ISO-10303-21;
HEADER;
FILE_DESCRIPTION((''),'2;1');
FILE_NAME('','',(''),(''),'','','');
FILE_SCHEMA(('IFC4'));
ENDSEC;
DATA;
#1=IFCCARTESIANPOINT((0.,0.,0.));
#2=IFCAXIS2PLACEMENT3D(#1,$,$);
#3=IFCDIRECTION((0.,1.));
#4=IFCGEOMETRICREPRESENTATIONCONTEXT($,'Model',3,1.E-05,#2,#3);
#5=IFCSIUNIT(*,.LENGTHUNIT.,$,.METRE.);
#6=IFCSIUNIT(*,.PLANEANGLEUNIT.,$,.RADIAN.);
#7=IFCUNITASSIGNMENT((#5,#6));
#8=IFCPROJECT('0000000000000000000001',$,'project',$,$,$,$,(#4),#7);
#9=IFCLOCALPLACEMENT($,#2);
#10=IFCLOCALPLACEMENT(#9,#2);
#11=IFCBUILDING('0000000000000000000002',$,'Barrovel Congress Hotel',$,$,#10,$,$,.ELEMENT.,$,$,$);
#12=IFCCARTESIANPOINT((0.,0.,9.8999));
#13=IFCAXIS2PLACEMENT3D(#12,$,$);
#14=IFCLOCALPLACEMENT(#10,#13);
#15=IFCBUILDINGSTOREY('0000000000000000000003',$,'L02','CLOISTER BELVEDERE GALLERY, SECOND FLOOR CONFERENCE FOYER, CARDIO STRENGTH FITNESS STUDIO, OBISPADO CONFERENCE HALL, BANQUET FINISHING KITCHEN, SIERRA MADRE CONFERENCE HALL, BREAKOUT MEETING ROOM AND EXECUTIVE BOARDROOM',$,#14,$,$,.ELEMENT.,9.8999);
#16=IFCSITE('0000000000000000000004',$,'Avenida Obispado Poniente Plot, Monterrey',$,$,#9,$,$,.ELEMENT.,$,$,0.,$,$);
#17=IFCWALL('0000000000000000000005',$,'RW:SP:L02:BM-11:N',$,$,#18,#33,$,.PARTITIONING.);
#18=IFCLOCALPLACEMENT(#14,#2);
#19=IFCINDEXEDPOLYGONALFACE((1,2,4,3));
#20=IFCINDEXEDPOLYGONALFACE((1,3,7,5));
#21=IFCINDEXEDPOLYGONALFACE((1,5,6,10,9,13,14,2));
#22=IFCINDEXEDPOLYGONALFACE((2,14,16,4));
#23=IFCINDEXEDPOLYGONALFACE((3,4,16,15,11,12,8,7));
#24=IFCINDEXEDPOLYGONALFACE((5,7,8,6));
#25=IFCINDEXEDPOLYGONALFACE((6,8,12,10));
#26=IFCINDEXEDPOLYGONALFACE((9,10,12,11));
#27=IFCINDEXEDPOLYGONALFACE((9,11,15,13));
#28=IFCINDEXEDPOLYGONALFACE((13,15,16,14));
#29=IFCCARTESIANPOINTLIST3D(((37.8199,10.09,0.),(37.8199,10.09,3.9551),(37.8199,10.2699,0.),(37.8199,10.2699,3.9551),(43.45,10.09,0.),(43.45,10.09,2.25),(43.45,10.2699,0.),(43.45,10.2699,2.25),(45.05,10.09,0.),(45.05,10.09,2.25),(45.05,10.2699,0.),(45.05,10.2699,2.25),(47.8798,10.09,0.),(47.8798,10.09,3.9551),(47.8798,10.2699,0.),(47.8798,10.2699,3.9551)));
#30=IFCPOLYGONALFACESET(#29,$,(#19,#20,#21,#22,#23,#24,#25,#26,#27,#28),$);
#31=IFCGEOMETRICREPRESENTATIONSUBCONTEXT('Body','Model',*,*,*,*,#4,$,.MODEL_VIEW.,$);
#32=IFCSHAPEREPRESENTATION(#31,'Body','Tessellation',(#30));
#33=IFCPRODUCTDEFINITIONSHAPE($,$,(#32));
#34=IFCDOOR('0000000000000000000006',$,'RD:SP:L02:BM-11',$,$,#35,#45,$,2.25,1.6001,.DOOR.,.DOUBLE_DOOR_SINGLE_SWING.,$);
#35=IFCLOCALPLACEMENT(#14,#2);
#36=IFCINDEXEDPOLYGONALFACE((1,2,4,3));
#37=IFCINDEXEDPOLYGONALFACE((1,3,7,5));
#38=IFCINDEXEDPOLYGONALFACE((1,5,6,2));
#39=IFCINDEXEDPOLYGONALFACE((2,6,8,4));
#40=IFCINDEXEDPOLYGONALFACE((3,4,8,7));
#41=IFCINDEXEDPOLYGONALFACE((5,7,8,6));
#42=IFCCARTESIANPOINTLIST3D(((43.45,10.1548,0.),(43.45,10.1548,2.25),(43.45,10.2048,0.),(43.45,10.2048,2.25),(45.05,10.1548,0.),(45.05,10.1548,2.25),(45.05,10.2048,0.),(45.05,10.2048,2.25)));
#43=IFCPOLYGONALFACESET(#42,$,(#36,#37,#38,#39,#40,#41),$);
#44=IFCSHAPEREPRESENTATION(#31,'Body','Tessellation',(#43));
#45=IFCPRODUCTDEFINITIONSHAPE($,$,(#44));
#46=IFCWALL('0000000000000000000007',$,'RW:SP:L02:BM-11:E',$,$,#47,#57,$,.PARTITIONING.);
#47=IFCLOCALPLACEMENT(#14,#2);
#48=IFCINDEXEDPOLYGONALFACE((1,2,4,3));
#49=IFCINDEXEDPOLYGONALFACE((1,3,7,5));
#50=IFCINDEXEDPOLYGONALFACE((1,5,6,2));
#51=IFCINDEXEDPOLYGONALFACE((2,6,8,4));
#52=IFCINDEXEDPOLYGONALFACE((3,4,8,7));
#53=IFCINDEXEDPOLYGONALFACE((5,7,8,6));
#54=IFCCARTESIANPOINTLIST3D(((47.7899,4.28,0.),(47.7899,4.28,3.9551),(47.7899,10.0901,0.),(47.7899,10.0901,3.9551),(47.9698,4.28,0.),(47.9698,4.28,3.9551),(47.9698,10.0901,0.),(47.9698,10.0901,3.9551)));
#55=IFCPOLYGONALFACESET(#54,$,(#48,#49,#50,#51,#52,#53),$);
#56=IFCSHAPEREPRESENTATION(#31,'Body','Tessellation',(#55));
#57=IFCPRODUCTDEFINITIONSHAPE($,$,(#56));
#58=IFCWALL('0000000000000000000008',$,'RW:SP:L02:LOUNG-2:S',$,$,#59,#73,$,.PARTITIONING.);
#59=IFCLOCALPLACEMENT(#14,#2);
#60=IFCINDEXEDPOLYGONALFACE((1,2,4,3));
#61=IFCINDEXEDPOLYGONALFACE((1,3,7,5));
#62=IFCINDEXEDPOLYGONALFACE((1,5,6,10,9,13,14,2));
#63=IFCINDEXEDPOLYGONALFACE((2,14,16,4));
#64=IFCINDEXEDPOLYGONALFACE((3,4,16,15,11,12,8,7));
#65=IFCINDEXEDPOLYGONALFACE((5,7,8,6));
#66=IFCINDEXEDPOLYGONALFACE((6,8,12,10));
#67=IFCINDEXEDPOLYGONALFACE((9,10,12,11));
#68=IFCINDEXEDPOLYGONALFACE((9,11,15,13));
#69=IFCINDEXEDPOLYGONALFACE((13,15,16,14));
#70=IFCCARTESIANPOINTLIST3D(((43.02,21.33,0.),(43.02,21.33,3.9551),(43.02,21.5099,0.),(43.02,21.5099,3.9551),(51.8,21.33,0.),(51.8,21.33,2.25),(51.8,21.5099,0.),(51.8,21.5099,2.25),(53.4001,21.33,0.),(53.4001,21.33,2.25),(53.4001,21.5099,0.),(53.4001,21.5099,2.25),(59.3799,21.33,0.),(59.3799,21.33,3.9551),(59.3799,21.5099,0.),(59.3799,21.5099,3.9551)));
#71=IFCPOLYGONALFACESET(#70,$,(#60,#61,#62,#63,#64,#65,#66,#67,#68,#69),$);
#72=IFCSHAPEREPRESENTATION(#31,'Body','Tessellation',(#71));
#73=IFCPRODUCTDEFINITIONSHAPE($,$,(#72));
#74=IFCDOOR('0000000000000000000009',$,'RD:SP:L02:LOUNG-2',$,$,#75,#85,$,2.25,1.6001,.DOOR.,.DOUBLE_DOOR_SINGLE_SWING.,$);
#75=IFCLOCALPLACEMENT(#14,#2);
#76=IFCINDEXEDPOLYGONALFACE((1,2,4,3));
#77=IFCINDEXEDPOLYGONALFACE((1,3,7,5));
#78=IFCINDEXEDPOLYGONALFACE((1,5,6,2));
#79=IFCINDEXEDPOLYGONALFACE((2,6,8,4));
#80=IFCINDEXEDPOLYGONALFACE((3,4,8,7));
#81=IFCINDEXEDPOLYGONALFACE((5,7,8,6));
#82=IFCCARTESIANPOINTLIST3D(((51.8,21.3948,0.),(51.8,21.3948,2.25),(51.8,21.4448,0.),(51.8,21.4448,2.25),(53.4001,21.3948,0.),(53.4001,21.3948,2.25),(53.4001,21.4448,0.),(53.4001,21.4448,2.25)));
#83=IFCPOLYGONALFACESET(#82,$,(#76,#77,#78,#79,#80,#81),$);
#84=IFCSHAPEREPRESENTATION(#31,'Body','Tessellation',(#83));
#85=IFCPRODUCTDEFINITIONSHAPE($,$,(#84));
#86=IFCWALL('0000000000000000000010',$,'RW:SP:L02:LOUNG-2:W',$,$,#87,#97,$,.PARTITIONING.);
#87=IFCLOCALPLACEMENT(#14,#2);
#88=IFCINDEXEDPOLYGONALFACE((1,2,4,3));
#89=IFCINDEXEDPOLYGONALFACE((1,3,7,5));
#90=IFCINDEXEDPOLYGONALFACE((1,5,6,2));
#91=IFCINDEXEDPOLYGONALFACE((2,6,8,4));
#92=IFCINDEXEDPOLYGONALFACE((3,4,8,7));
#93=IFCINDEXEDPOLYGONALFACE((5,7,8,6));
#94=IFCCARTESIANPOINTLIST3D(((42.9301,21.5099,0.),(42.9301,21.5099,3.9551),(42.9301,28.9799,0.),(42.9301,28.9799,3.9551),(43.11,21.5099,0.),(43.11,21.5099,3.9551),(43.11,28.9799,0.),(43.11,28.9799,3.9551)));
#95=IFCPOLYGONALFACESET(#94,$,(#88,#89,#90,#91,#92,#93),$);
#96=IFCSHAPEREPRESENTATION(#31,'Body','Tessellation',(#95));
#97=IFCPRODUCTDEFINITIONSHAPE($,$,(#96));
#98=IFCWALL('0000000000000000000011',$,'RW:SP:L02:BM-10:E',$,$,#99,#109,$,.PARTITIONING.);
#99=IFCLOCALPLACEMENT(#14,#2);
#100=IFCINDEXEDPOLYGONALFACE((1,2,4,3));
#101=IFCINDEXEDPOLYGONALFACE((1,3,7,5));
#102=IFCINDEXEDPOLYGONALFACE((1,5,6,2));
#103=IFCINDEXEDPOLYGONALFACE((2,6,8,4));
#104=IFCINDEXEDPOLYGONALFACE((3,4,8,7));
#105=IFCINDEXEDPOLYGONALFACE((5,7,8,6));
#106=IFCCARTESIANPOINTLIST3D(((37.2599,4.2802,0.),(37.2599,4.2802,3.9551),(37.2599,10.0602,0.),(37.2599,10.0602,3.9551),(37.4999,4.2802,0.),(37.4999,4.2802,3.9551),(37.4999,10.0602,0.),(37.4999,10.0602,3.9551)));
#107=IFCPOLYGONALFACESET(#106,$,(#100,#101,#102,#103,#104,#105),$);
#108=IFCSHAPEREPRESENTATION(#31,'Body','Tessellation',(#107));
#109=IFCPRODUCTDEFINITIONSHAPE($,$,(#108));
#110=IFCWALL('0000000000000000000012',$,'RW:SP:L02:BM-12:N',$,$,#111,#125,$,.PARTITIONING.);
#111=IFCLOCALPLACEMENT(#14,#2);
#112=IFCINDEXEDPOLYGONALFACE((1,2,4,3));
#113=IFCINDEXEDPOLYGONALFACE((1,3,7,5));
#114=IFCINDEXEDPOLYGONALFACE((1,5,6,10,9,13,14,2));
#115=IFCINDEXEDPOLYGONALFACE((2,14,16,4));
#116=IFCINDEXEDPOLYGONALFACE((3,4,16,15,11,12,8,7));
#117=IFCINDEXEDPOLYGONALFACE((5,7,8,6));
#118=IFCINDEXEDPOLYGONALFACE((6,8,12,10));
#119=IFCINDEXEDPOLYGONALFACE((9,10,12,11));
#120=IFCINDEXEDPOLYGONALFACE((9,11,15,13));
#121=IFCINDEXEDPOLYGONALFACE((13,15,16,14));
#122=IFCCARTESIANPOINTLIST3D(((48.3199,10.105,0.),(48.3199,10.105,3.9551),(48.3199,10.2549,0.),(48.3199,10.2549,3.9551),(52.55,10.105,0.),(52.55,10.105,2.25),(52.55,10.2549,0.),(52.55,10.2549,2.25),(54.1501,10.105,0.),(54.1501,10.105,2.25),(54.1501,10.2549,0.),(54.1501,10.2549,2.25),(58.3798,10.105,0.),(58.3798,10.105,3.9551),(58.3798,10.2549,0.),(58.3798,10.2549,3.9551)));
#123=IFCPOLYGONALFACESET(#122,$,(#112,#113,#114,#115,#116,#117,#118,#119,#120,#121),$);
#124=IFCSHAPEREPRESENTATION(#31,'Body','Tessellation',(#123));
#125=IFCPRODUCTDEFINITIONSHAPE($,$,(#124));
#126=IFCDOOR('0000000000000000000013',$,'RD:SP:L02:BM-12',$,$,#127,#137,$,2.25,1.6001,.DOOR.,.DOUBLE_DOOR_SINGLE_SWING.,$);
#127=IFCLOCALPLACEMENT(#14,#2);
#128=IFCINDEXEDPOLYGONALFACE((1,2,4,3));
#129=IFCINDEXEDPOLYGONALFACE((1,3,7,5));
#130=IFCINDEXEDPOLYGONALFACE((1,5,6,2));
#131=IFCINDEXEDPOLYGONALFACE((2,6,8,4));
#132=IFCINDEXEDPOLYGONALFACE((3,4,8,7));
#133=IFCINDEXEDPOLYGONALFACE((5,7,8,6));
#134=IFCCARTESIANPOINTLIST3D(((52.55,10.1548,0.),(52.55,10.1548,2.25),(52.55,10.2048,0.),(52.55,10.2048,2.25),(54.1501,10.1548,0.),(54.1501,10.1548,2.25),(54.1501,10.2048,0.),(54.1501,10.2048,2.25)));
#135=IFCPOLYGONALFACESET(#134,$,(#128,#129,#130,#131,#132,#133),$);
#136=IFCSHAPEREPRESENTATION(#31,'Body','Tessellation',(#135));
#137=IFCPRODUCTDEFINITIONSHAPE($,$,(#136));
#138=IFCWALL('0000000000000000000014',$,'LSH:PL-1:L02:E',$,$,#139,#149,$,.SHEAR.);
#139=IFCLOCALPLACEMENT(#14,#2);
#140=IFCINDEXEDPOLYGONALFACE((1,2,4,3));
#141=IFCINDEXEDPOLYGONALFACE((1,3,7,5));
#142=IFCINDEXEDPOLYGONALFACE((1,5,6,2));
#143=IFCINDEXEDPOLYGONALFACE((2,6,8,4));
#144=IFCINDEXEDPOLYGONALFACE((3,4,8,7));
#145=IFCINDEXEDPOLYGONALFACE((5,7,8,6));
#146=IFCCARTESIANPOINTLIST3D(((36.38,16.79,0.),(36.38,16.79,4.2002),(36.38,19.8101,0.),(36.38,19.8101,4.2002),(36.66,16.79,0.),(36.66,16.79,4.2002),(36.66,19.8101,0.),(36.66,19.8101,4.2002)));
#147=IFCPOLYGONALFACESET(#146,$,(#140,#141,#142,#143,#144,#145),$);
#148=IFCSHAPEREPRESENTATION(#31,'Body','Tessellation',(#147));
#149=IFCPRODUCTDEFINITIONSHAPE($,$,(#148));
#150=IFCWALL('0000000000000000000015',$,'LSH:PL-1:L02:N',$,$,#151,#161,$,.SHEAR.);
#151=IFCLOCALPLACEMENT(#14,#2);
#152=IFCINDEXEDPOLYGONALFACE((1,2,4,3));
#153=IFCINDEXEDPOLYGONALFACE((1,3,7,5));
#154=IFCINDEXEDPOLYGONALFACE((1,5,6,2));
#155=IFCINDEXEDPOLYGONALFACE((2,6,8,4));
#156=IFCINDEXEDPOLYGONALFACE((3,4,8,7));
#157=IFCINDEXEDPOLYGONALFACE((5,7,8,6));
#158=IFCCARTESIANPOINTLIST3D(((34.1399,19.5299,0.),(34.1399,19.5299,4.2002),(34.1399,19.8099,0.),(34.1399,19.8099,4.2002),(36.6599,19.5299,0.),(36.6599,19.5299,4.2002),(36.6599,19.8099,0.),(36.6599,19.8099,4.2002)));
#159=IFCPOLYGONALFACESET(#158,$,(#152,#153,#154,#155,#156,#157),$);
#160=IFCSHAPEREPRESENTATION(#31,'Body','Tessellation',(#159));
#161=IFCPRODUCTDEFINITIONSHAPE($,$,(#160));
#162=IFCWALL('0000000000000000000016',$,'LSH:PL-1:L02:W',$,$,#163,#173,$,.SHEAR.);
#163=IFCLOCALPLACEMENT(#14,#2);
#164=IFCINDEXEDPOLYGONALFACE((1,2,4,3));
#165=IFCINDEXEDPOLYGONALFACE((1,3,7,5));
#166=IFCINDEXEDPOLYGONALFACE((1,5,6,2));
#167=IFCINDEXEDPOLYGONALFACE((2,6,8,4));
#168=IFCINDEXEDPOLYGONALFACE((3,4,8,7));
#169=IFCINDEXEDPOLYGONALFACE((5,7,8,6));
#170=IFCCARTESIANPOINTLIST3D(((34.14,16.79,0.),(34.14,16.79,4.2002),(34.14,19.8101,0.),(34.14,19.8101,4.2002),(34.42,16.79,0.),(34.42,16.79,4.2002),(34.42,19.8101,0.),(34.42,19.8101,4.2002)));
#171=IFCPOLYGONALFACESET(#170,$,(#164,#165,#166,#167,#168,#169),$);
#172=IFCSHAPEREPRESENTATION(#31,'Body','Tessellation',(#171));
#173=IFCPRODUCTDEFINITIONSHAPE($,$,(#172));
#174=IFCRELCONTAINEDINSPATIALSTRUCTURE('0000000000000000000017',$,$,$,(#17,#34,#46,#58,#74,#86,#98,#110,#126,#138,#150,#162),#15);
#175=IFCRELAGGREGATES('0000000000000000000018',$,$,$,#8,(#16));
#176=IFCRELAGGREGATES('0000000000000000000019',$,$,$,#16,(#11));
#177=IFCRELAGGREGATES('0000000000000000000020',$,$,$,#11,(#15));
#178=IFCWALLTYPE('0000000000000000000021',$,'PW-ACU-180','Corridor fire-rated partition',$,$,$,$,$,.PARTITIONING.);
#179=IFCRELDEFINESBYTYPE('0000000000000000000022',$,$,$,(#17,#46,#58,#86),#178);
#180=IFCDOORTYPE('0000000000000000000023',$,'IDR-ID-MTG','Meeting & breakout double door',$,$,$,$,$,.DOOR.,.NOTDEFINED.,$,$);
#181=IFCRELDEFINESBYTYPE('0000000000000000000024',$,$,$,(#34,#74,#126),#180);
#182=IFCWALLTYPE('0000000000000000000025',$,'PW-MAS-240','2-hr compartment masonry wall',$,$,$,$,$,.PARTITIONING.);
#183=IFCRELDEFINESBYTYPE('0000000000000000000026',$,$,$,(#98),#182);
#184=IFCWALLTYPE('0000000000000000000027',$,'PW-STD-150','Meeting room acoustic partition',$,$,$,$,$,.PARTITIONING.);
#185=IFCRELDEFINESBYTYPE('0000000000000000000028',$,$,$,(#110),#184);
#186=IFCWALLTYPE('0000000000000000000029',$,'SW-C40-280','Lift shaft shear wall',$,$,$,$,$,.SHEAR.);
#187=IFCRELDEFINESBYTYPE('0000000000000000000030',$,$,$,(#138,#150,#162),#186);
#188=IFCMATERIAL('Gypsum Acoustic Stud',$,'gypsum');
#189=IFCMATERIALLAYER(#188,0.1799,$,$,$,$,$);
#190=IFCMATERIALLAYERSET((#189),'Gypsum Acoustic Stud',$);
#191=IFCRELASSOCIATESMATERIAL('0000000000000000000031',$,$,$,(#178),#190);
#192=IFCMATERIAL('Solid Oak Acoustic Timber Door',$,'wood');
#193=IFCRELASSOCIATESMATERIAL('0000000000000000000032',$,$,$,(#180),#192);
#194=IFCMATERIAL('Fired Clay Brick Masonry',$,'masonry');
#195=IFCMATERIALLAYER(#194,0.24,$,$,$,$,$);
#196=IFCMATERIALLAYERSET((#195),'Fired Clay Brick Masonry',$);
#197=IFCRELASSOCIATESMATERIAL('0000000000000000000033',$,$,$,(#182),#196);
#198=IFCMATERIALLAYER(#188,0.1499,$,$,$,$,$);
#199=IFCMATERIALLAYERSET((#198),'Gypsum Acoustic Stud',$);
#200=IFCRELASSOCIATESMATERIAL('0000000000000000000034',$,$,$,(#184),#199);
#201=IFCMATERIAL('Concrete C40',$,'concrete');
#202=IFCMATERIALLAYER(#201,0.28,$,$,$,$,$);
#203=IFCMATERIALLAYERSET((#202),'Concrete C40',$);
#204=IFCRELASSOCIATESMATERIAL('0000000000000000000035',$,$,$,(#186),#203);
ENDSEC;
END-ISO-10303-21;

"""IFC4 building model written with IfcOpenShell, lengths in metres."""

from ifc_helpers import new_model, si_unit, direction, frame, frame_2d, origin, place, context, subcontext, project, spatial, rectangle, extrude, material, layer, layer_set, type_object, element, fill, save


model = new_model("IFC4")

# Units and contexts
model_context = context("Model", 3, precision=1e-05, world=origin(), true_north=direction((0.0, 1.0)))
body_context = subcontext(model_context, "Body", "Model", "MODEL_VIEW")
ifc_project = project(units=[si_unit("LENGTHUNIT", "METRE"), si_unit("PLANEANGLEUNIT", "RADIAN")], contexts=[model_context])

# Site, building, storey
site_placement = place(None, origin())
site = spatial("IfcSite", under=ifc_project, at=site_placement, Name="Avenida Obispado Poniente Plot, Monterrey", CompositionType="ELEMENT", RefElevation=0.0)
building_placement = place(site_placement, origin())
building = spatial("IfcBuilding", under=site, at=building_placement, Name="Barrovel Congress Hotel", CompositionType="ELEMENT")
storey_placement = place(building_placement, frame((0.0, 0.0, 9.8999)))
storey = spatial("IfcBuildingStorey", under=building, at=storey_placement, Name="L02", Description="CLOISTER BELVEDERE GALLERY, SECOND FLOOR CONFERENCE FOYER, CARDIO STRENGTH FITNESS STUDIO, OBISPADO CONFERENCE HALL, BANQUET FINISHING KITCHEN, SIERRA MADRE CONFERENCE HALL, BREAKOUT MEETING ROOM AND EXECUTIVE BOARDROOM", CompositionType="ELEMENT", Elevation=9.8999)

# Shared definitions
ifc_material_1 = material(Name="Concrete C40", Category="concrete")

# Shared definitions
ifc_material_2 = material(Name="Gypsum Acoustic Stud", Category="gypsum")
ifc_layer_1 = layer(ifc_material_2, 0.1799)
ifc_layer_set_1 = layer_set([ifc_layer_1], Name="Gypsum Acoustic Stud")
wall_type_1 = type_object("IfcWallType", Name="PW-ACU-180", Description="Corridor fire-rated partition", PredefinedType="PARTITIONING", material=ifc_layer_set_1)
ifc_material_3 = material(Name="Solid Oak Acoustic Timber Door", Category="wood")

# Wall, opening, door
wall_1_placement = place(storey_placement, frame((37.8201, 10.1799, 0.0), z_axis=(0.0, 0.0, 1.0), x_axis=(1.0, 0.0, 0.0)))
wall_1 = element("IfcWall", 1, at=wall_1_placement, inside=storey, type_object=wall_type_1, Name="RW:SP:L02:BM-11:N", PredefinedType="PARTITIONING", context=body_context, shape_type="SweptSolid", body=[
    extrude(rectangle(XDim=10.0598, YDim=0.1799, at=frame_2d((5.0298, 0.0))), origin(), (0.0, 0.0, 1.0), 3.9551),
])
opening_1_placement = place(wall_1_placement, frame((5.6299, 0.0, 0.0)))
opening_1 = element("IfcOpeningElement", 2, at=opening_1_placement, cuts=wall_1, PredefinedType="OPENING", context=body_context, shape_type="SweptSolid", body=[
    extrude(rectangle(XDim=1.6001, YDim=2.25, at=frame_2d((0.8, 1.125))), frame((0.0, 0.1001, 0.0), z_axis=(0.0, -1.0, 0.0), x_axis=(1.0, 0.0, 0.0)), (0.0, 0.0, 1.0), 0.2),
])
door_type_1 = type_object("IfcDoorType", Name="IDR-ID-MTG", Description="Meeting & breakout double door", OperationType="NOTDEFINED", PredefinedType="DOOR", material=ifc_material_3)
door_1_placement = place(opening_1_placement, origin())
door_1 = element("IfcDoor", 3, at=door_1_placement, inside=storey, type_object=door_type_1, Name="RD:SP:L02:BM-11", OperationType="DOUBLE_DOOR_SINGLE_SWING", OverallHeight=2.25, OverallWidth=1.6001, PredefinedType="DOOR", context=body_context, shape_type="SweptSolid", body=[
    extrude(rectangle(XDim=1.6001, YDim=2.25, at=frame_2d((0.8, 1.125))), frame((0.0, 0.0249, 0.0), z_axis=(0.0, -1.0, 0.0), x_axis=(1.0, 0.0, 0.0)), (0.0, 0.0, 1.0), 0.05),
])
fill(opening_1, door_1)

# Wall
wall_2_placement = place(storey_placement, frame((47.8799, 4.28, 0.0), z_axis=(0.0, 0.0, 1.0), x_axis=(0.0, 1.0, 0.0)))
element("IfcWall", 4, at=wall_2_placement, inside=storey, type_object=wall_type_1, Name="RW:SP:L02:BM-11:E", PredefinedType="PARTITIONING", context=body_context, shape_type="SweptSolid", body=[
    extrude(rectangle(XDim=5.8101, YDim=0.1799, at=frame_2d((2.905, 0.0))), origin(), (0.0, 0.0, 1.0), 3.9551),
])

# Wall, opening, door
wall_3_placement = place(storey_placement, frame((43.02, 21.4199, 0.0), z_axis=(0.0, 0.0, 1.0), x_axis=(1.0, 0.0, 0.0)))
wall_3 = element("IfcWall", 5, at=wall_3_placement, inside=storey, type_object=wall_type_1, Name="RW:SP:L02:LOUNG-2:S", PredefinedType="PARTITIONING", context=body_context, shape_type="SweptSolid", body=[
    extrude(rectangle(XDim=16.3599, YDim=0.1799, at=frame_2d((8.1799, 0.0))), origin(), (0.0, 0.0, 1.0), 3.9551),
])
opening_2_placement = place(wall_3_placement, frame((8.78, 0.0, 0.0)))
opening_2 = element("IfcOpeningElement", 6, at=opening_2_placement, cuts=wall_3, PredefinedType="OPENING", context=body_context, shape_type="SweptSolid", body=[
    extrude(rectangle(XDim=1.6001, YDim=2.25, at=frame_2d((0.8, 1.125))), frame((0.0, 0.1001, 0.0), z_axis=(0.0, -1.0, 0.0), x_axis=(1.0, 0.0, 0.0)), (0.0, 0.0, 1.0), 0.2),
])
door_2_placement = place(opening_2_placement, origin())
door_2 = element("IfcDoor", 7, at=door_2_placement, inside=storey, type_object=door_type_1, Name="RD:SP:L02:LOUNG-2", OperationType="DOUBLE_DOOR_SINGLE_SWING", OverallHeight=2.25, OverallWidth=1.6001, PredefinedType="DOOR", context=body_context, shape_type="SweptSolid", body=[
    extrude(rectangle(XDim=1.6001, YDim=2.25, at=frame_2d((0.8, 1.125))), frame((0.0, 0.0249, 0.0), z_axis=(0.0, -1.0, 0.0), x_axis=(1.0, 0.0, 0.0)), (0.0, 0.0, 1.0), 0.05),
])
fill(opening_2, door_2)

# Walls
wall_4_placement = place(storey_placement, frame((43.02, 21.51, 0.0), z_axis=(0.0, 0.0, 1.0), x_axis=(0.0, 1.0, 0.0)))
element("IfcWall", 8, at=wall_4_placement, inside=storey, type_object=wall_type_1, Name="RW:SP:L02:LOUNG-2:W", PredefinedType="PARTITIONING", context=body_context, shape_type="SweptSolid", body=[
    extrude(rectangle(XDim=7.47, YDim=0.1799, at=frame_2d((3.7349, 0.0))), origin(), (0.0, 0.0, 1.0), 3.9551),
])
ifc_material_4 = material(Name="Fired Clay Brick Masonry", Category="masonry")
ifc_layer_2 = layer(ifc_material_4, 0.24)
ifc_layer_set_2 = layer_set([ifc_layer_2], Name="Fired Clay Brick Masonry")
wall_type_2 = type_object("IfcWallType", Name="PW-MAS-240", Description="2-hr compartment masonry wall", PredefinedType="PARTITIONING", material=ifc_layer_set_2)
wall_5_placement = place(storey_placement, frame((37.3799, 4.28, 0.0), z_axis=(0.0, 0.0, 1.0), x_axis=(0.0, 1.0, 0.0)))
element("IfcWall", 9, at=wall_5_placement, inside=storey, type_object=wall_type_2, Name="RW:SP:L02:BM-10:E", PredefinedType="PARTITIONING", context=body_context, shape_type="SweptSolid", body=[
    extrude(rectangle(XDim=5.78, YDim=0.24, at=frame_2d((2.8901, 0.0))), origin(), (0.0, 0.0, 1.0), 3.9551),
])

# Wall, opening, door
ifc_layer_3 = layer(ifc_material_2, 0.1499)
ifc_layer_set_3 = layer_set([ifc_layer_3], Name="Gypsum Acoustic Stud")
wall_type_3 = type_object("IfcWallType", Name="PW-STD-150", Description="Meeting room acoustic partition", PredefinedType="PARTITIONING", material=ifc_layer_set_3)
wall_6_placement = place(storey_placement, frame((48.3201, 10.1799, 0.0), z_axis=(0.0, 0.0, 1.0), x_axis=(1.0, 0.0, 0.0)))
wall_6 = element("IfcWall", 10, at=wall_6_placement, inside=storey, type_object=wall_type_3, Name="RW:SP:L02:BM-12:N", PredefinedType="PARTITIONING", context=body_context, shape_type="SweptSolid", body=[
    extrude(rectangle(XDim=10.0598, YDim=0.1499, at=frame_2d((5.0298, 0.0))), origin(), (0.0, 0.0, 1.0), 3.9551),
])
opening_3_placement = place(wall_6_placement, frame((4.23, 0.0, 0.0)))
opening_3 = element("IfcOpeningElement", 11, at=opening_3_placement, cuts=wall_6, PredefinedType="OPENING", context=body_context, shape_type="SweptSolid", body=[
    extrude(rectangle(XDim=1.6001, YDim=2.25, at=frame_2d((0.8, 1.125))), frame((0.0, 0.085, 0.0), z_axis=(0.0, -1.0, 0.0), x_axis=(1.0, 0.0, 0.0)), (0.0, 0.0, 1.0), 0.1699),
])
door_3_placement = place(opening_3_placement, origin())
door_3 = element("IfcDoor", 12, at=door_3_placement, inside=storey, type_object=door_type_1, Name="RD:SP:L02:BM-12", OperationType="DOUBLE_DOOR_SINGLE_SWING", OverallHeight=2.25, OverallWidth=1.6001, PredefinedType="DOOR", context=body_context, shape_type="SweptSolid", body=[
    extrude(rectangle(XDim=1.6001, YDim=2.25, at=frame_2d((0.8, 1.125))), frame((0.0, 0.0249, 0.0), z_axis=(0.0, -1.0, 0.0), x_axis=(1.0, 0.0, 0.0)), (0.0, 0.0, 1.0), 0.05),
])
fill(opening_3, door_3)

# Walls
ifc_layer_4 = layer(ifc_material_1, 0.28)
ifc_layer_set_4 = layer_set([ifc_layer_4], Name="Concrete C40")
wall_type_4 = type_object("IfcWallType", Name="SW-C40-280", Description="Lift shaft shear wall", PredefinedType="SHEAR", material=ifc_layer_set_4)
wall_7_placement = place(storey_placement, frame((36.52, 16.79, 0.0), z_axis=(0.0, 0.0, 1.0), x_axis=(0.0, 1.0, 0.0)))
element("IfcWall", 13, at=wall_7_placement, inside=storey, type_object=wall_type_4, Name="LSH:PL-1:L02:E", PredefinedType="SHEAR", context=body_context, shape_type="SweptSolid", body=[
    extrude(rectangle(XDim=3.02, YDim=0.28, at=frame_2d((1.51, 0.0))), origin(), (0.0, 0.0, 1.0), 4.2002),
])
wall_8_placement = place(storey_placement, frame((36.6599, 19.6699, 0.0), z_axis=(0.0, 0.0, 1.0), x_axis=(-1.0, 0.0, 0.0)))
element("IfcWall", 14, at=wall_8_placement, inside=storey, type_object=wall_type_4, Name="LSH:PL-1:L02:N", PredefinedType="SHEAR", context=body_context, shape_type="SweptSolid", body=[
    extrude(rectangle(XDim=2.52, YDim=0.28, at=frame_2d((1.26, 0.0))), origin(), (0.0, 0.0, 1.0), 4.2002),
])
wall_9_placement = place(storey_placement, frame((34.28, 19.8101, 0.0), z_axis=(0.0, 0.0, 1.0), x_axis=(0.0, -1.0, 0.0)))
element("IfcWall", 15, at=wall_9_placement, inside=storey, type_object=wall_type_4, Name="LSH:PL-1:L02:W", PredefinedType="SHEAR", context=body_context, shape_type="SweptSolid", body=[
    extrude(rectangle(XDim=3.02, YDim=0.28, at=frame_2d((1.51, 0.0))), origin(), (0.0, 0.0, 1.0), 4.2002),
])

save(model, "model.ifc")
